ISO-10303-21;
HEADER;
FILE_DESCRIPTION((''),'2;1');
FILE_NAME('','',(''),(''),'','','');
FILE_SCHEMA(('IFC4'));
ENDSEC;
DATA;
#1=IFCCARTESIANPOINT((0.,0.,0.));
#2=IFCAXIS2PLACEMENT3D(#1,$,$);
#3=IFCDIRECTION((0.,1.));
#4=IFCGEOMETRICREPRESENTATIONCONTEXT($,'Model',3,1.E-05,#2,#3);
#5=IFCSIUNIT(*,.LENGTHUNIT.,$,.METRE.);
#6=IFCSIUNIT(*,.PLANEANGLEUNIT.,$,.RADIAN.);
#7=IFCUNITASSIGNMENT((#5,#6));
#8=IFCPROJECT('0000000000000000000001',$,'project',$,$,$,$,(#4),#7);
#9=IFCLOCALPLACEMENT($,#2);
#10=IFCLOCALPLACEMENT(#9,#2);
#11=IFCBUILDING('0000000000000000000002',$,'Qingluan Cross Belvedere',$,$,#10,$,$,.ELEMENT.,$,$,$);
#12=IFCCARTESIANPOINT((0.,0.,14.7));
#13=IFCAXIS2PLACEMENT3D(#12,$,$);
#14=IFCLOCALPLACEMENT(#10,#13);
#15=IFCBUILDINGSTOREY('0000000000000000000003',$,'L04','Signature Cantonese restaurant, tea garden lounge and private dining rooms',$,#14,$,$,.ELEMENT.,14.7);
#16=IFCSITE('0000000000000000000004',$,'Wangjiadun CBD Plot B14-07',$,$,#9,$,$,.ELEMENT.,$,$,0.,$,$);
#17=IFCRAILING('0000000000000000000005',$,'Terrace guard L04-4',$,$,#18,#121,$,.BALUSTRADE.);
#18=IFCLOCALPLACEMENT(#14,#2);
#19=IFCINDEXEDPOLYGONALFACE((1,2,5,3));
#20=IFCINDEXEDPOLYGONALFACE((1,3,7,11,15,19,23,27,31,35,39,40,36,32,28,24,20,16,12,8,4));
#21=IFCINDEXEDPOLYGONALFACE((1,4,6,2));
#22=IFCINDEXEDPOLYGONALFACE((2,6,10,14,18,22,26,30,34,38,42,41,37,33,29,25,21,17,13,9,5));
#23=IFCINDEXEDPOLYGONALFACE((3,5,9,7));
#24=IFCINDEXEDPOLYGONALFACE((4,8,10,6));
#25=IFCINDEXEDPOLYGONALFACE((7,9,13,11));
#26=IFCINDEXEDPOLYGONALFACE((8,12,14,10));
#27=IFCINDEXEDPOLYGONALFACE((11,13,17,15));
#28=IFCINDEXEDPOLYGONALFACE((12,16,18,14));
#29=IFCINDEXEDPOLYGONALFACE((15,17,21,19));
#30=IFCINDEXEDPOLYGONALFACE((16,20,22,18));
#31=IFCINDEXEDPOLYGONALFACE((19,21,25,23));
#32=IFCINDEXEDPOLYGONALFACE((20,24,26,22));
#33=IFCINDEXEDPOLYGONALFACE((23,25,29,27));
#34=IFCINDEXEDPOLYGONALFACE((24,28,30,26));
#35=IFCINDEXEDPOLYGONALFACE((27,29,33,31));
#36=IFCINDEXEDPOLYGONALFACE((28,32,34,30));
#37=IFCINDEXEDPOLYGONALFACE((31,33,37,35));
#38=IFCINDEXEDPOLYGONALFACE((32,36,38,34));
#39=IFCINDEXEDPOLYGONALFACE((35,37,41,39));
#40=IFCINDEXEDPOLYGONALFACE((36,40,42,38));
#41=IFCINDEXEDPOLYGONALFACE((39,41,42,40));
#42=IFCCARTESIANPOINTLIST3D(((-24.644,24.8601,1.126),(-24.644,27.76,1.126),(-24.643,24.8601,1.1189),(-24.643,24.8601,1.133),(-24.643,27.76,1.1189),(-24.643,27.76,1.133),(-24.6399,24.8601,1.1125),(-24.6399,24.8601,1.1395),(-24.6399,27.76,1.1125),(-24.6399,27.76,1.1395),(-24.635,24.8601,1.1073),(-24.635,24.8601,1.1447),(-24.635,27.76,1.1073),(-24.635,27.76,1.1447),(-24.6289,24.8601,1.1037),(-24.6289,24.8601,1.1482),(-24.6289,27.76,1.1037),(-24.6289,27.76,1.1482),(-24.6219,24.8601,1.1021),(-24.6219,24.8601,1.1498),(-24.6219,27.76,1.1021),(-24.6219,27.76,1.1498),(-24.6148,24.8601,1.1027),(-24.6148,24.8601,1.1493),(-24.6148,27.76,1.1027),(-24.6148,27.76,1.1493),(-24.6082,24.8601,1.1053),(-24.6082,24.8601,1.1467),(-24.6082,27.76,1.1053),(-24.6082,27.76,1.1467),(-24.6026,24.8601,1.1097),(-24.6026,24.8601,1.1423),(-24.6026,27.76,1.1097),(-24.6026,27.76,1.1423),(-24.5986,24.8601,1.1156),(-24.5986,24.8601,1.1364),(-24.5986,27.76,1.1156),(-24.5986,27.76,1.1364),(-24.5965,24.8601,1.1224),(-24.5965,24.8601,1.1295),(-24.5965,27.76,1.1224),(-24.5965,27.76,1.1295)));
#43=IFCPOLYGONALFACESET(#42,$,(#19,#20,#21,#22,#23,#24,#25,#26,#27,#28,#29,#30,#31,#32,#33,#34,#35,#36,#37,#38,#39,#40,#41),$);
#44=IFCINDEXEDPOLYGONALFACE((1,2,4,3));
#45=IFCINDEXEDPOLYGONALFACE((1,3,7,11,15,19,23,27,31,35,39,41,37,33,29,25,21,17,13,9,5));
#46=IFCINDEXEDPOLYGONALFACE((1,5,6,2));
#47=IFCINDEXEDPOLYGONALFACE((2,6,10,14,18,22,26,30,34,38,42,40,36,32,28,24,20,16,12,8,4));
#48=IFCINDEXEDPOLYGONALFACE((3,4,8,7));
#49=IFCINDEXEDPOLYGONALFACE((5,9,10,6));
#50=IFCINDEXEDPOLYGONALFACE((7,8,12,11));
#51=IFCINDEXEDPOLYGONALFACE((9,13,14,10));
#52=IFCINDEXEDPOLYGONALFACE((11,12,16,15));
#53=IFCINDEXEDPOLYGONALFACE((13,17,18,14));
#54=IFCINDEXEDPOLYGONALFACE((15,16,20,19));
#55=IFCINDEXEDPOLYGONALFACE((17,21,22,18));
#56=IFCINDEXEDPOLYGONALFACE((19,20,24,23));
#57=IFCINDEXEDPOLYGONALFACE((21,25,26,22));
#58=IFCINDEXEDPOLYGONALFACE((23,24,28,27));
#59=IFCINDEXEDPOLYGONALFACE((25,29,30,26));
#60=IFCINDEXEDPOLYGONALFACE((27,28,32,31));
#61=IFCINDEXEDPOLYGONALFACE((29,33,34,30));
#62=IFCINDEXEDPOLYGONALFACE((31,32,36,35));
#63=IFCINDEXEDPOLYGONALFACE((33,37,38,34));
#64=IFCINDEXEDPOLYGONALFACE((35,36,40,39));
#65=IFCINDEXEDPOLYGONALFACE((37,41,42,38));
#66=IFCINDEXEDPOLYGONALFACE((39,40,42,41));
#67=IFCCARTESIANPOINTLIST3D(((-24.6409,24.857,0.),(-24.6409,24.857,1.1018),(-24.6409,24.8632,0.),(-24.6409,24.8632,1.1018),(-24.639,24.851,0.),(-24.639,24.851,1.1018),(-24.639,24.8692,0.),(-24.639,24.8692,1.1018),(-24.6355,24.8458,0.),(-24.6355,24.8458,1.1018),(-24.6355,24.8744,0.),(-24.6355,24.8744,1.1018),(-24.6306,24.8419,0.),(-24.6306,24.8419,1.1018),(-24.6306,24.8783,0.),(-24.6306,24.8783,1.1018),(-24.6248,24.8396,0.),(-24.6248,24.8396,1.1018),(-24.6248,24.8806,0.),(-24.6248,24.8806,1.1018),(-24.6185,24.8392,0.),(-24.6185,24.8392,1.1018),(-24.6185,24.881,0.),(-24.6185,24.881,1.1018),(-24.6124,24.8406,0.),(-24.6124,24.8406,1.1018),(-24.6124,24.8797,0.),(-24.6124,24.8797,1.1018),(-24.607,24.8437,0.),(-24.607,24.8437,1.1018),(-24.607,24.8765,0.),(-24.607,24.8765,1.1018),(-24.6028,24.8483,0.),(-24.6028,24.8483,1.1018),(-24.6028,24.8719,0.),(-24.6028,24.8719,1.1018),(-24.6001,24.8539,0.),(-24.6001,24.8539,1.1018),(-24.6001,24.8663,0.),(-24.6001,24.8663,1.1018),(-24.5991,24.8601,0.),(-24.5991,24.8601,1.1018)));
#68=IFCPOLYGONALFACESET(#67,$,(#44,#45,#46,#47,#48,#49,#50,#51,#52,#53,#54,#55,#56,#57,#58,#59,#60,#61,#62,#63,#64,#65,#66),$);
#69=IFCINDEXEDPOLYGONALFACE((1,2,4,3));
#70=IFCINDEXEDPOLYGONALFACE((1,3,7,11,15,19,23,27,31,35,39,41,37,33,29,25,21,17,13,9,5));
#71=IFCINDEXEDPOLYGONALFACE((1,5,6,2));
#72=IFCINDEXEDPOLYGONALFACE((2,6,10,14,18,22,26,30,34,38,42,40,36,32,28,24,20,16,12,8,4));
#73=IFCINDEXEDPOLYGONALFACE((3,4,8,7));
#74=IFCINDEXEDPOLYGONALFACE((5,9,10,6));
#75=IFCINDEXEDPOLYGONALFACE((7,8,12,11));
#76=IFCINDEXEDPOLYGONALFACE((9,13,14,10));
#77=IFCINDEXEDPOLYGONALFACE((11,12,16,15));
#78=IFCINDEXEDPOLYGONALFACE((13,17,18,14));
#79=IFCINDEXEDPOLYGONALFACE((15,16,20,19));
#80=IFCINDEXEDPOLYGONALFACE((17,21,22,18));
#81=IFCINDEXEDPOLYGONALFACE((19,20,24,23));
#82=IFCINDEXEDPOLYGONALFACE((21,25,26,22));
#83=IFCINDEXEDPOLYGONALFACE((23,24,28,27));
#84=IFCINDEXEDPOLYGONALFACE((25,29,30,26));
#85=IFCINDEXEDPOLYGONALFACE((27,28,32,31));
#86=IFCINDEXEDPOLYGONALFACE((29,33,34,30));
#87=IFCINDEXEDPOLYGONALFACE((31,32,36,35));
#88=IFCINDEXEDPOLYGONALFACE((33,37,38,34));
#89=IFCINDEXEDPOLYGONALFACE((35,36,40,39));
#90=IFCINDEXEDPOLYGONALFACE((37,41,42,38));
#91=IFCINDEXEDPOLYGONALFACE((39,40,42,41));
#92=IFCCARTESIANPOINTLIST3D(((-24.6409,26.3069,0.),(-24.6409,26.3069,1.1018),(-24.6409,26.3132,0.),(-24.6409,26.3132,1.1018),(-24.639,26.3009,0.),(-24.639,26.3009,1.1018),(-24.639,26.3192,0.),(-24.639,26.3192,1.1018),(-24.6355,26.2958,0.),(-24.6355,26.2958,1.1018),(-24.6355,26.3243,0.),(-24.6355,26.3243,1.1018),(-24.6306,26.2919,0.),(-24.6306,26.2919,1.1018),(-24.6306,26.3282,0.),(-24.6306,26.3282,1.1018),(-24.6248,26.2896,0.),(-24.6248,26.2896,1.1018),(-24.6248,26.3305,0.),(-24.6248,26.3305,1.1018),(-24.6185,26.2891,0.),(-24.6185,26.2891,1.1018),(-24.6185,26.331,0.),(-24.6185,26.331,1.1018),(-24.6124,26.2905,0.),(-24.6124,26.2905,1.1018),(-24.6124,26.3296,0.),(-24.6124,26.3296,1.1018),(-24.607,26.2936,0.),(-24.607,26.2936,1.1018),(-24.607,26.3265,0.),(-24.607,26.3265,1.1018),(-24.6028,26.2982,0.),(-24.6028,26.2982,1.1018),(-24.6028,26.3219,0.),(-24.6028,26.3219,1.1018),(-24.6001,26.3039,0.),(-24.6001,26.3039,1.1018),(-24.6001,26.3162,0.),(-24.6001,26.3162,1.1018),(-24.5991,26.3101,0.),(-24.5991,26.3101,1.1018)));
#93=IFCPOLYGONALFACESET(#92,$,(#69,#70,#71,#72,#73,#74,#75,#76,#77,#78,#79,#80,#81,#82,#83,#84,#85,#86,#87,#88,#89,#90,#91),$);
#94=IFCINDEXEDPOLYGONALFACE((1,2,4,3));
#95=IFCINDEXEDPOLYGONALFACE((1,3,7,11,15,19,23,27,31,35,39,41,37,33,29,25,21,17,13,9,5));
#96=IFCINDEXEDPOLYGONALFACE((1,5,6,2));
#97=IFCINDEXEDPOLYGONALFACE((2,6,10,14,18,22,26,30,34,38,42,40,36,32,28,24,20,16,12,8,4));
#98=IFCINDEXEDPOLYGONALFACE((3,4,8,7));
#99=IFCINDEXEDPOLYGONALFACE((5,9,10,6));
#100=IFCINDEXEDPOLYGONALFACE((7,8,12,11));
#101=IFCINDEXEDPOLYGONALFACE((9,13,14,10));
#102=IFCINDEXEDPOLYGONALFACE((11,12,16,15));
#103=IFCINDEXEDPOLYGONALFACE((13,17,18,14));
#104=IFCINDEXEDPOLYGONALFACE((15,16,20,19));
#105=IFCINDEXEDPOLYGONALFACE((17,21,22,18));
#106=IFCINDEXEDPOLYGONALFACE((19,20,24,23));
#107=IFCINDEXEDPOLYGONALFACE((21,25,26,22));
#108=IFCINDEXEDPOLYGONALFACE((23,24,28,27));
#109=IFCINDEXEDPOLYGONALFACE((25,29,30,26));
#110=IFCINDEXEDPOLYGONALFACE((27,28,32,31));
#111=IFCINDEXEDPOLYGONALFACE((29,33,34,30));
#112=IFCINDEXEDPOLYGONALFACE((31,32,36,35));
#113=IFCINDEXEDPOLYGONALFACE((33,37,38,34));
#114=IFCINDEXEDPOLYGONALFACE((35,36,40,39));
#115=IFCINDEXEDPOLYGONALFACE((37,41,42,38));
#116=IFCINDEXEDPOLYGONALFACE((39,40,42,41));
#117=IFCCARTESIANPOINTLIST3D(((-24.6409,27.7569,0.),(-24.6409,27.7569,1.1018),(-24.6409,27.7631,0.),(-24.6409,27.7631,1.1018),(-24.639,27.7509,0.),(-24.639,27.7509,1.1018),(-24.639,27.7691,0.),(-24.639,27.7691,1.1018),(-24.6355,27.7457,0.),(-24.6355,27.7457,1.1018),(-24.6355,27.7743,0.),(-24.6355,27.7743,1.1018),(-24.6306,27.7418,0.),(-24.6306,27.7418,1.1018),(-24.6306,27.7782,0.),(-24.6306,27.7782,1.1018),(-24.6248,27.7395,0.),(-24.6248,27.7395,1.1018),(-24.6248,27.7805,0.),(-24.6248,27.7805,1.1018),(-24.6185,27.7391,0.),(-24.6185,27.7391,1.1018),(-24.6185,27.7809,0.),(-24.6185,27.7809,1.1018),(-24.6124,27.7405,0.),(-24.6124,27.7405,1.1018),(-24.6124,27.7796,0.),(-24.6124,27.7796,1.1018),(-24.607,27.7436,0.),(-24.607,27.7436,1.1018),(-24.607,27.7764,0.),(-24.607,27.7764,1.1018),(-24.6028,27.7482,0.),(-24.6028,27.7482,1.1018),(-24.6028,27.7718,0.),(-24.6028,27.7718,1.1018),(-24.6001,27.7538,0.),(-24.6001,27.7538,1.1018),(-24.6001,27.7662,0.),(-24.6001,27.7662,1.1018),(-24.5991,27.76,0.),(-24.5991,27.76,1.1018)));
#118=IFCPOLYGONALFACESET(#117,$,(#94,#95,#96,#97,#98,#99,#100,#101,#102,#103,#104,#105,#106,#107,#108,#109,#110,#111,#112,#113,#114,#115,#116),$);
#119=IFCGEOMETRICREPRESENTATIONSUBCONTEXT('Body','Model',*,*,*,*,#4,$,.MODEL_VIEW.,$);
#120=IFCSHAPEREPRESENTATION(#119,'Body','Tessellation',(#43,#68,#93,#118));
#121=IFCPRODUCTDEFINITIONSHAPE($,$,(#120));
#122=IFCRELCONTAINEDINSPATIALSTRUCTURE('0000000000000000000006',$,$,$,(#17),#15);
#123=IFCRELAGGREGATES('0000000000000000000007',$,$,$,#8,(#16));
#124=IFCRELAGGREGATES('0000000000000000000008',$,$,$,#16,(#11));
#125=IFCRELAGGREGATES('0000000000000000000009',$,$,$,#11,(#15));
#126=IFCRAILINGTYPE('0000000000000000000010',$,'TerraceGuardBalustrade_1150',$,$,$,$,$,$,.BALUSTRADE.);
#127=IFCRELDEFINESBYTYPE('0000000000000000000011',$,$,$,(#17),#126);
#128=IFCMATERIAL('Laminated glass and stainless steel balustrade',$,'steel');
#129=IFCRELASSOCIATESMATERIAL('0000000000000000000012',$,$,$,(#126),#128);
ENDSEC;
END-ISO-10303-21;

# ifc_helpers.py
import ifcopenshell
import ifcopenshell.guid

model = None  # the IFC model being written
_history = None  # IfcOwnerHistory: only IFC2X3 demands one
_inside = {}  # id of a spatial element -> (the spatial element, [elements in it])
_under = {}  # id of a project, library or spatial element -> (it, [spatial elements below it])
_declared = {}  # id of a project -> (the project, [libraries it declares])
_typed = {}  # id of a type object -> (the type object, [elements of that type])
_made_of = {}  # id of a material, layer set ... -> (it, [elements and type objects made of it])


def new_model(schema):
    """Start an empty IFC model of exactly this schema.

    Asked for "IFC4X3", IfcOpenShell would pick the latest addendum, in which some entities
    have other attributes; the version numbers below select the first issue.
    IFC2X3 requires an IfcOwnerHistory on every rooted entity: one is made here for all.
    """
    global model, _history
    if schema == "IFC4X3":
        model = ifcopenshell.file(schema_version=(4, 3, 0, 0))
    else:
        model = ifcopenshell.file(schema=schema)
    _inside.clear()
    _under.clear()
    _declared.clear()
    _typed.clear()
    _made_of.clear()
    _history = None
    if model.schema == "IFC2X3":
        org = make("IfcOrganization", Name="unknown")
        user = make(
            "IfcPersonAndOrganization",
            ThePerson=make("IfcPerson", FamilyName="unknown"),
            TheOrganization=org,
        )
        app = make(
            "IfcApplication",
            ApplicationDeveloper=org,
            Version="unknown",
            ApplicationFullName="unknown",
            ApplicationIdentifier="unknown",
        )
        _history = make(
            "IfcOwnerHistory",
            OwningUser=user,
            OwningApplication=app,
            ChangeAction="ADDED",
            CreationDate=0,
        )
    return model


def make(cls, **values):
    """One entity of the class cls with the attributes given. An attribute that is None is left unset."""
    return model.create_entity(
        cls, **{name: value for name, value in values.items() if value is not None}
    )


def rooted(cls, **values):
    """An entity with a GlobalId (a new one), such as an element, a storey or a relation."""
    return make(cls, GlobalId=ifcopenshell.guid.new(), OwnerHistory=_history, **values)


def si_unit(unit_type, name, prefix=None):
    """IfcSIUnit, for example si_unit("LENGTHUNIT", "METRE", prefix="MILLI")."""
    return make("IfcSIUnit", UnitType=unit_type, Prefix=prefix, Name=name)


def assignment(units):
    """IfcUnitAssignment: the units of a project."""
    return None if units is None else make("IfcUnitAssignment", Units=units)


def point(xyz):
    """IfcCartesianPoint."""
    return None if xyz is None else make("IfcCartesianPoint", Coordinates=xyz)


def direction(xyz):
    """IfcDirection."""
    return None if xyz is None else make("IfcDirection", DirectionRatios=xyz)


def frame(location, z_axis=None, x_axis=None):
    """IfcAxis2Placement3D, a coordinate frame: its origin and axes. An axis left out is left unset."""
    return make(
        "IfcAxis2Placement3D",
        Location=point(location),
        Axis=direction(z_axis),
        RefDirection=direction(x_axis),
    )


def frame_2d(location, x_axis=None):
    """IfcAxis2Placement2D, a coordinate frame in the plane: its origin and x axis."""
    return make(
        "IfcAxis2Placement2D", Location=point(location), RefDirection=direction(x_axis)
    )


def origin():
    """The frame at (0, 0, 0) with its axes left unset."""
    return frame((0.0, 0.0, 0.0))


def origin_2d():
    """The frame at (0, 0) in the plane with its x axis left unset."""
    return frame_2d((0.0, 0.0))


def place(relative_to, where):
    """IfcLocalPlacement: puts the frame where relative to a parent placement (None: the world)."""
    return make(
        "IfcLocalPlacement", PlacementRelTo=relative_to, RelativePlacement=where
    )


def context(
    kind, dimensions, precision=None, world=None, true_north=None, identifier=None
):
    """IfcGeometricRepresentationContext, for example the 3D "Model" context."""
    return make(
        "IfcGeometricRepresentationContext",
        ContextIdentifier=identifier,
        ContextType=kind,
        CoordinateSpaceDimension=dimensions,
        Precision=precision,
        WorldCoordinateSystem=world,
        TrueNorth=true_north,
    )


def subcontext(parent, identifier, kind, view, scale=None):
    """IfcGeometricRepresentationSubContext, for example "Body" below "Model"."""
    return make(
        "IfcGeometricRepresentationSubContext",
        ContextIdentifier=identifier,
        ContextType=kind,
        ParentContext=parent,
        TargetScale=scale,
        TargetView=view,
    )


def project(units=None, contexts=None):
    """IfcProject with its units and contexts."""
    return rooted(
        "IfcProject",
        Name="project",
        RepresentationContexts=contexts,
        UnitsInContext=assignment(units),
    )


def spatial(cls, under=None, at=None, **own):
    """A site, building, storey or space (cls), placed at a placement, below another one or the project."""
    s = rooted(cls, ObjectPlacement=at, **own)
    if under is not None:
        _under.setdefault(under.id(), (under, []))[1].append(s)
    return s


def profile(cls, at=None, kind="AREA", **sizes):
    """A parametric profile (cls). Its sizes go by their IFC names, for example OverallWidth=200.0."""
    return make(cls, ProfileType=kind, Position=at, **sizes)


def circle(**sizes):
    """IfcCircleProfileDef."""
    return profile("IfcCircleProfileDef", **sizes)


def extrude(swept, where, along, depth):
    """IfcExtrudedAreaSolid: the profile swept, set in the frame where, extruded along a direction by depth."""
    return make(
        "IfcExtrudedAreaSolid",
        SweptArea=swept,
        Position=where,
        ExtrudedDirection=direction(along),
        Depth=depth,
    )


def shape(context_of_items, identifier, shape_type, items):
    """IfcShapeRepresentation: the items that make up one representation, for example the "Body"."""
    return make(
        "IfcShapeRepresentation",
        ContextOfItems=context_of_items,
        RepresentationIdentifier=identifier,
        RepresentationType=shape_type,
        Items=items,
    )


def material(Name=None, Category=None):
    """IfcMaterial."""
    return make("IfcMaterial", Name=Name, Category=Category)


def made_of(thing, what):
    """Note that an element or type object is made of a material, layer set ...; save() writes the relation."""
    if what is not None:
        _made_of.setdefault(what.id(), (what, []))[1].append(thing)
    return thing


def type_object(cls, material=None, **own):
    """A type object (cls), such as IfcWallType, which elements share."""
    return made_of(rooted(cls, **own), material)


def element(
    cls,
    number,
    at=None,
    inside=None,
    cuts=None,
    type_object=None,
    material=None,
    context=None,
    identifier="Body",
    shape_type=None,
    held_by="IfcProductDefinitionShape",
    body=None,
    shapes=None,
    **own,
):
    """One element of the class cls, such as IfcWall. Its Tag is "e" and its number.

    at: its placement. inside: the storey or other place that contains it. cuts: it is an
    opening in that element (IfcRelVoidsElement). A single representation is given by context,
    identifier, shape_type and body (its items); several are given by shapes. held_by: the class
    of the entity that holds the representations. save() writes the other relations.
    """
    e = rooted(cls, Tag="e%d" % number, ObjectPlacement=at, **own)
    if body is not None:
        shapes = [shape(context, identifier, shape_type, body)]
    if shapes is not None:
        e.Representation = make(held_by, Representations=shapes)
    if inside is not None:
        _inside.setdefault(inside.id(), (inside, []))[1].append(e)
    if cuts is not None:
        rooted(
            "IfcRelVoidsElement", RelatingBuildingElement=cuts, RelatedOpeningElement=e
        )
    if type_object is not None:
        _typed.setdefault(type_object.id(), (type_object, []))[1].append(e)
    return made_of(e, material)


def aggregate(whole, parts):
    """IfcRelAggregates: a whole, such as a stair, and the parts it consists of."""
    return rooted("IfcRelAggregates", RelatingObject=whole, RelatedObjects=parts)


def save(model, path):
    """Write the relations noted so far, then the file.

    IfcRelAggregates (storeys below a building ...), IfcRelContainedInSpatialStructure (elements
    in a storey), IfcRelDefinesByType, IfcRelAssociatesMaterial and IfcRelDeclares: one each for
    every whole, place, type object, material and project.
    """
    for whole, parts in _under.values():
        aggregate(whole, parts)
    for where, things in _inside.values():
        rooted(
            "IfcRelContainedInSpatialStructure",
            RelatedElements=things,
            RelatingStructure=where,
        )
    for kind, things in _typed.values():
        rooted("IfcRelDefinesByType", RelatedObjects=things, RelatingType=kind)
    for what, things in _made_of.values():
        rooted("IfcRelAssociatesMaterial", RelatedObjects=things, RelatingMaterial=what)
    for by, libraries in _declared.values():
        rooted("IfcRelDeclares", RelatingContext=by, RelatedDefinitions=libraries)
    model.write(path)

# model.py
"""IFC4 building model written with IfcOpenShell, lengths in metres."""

from ifc_helpers import new_model, si_unit, direction, frame, origin, origin_2d, place, context, subcontext, project, spatial, circle, extrude, material, type_object, element, save


model = new_model("IFC4")

# Units and contexts
model_context = context("Model", 3, precision=1e-05, world=origin(), true_north=direction((0.0, 1.0)))
body_context = subcontext(model_context, "Body", "Model", "MODEL_VIEW")
ifc_project = project(units=[si_unit("LENGTHUNIT", "METRE"), si_unit("PLANEANGLEUNIT", "RADIAN")], contexts=[model_context])

# Site, building, storey
site_placement = place(None, origin())
site = spatial("IfcSite", under=ifc_project, at=site_placement, Name="Wangjiadun CBD Plot B14-07", CompositionType="ELEMENT", RefElevation=0.0)
building_placement = place(site_placement, origin())
building = spatial("IfcBuilding", under=site, at=building_placement, Name="Qingluan Cross Belvedere", CompositionType="ELEMENT")
storey_placement = place(building_placement, frame((0.0, 0.0, 14.7)))
storey = spatial("IfcBuildingStorey", under=building, at=storey_placement, Name="L04", Description="Signature Cantonese restaurant, tea garden lounge and private dining rooms", CompositionType="ELEMENT", Elevation=14.7)

# Railing
ifc_material_1 = material(Name="Laminated glass and stainless steel balustrade", Category="steel")
railing_type_1 = type_object("IfcRailingType", Name="TerraceGuardBalustrade_1150", PredefinedType="BALUSTRADE", material=ifc_material_1)
railing_1_placement = place(storey_placement, frame((-24.6201, 24.8601, 0.0)))
element("IfcRailing", 1, at=railing_1_placement, inside=storey, type_object=railing_type_1, Name="Terrace guard L04-4", PredefinedType="BALUSTRADE", context=body_context, shape_type="SweptSolid", body=[
    extrude(circle(Radius=0.0239, at=origin_2d()), frame((0.0, 0.0, 1.126), z_axis=(0.0, 1.0, 0.0), x_axis=(-1.0, 0.0, 0.0)), (0.0, 0.0, 1.0), 2.8999),
    extrude(circle(Radius=0.021, at=origin_2d()), origin(), (0.0, 0.0, 1.0), 1.1018),
    extrude(circle(Radius=0.021, at=origin_2d()), frame((0.0, 1.45, 0.0)), (0.0, 0.0, 1.0), 1.1018),
    extrude(circle(Radius=0.021, at=origin_2d()), frame((0.0, 2.8999, 0.0)), (0.0, 0.0, 1.0), 1.1018),
])

save(model, "model.ifc")
